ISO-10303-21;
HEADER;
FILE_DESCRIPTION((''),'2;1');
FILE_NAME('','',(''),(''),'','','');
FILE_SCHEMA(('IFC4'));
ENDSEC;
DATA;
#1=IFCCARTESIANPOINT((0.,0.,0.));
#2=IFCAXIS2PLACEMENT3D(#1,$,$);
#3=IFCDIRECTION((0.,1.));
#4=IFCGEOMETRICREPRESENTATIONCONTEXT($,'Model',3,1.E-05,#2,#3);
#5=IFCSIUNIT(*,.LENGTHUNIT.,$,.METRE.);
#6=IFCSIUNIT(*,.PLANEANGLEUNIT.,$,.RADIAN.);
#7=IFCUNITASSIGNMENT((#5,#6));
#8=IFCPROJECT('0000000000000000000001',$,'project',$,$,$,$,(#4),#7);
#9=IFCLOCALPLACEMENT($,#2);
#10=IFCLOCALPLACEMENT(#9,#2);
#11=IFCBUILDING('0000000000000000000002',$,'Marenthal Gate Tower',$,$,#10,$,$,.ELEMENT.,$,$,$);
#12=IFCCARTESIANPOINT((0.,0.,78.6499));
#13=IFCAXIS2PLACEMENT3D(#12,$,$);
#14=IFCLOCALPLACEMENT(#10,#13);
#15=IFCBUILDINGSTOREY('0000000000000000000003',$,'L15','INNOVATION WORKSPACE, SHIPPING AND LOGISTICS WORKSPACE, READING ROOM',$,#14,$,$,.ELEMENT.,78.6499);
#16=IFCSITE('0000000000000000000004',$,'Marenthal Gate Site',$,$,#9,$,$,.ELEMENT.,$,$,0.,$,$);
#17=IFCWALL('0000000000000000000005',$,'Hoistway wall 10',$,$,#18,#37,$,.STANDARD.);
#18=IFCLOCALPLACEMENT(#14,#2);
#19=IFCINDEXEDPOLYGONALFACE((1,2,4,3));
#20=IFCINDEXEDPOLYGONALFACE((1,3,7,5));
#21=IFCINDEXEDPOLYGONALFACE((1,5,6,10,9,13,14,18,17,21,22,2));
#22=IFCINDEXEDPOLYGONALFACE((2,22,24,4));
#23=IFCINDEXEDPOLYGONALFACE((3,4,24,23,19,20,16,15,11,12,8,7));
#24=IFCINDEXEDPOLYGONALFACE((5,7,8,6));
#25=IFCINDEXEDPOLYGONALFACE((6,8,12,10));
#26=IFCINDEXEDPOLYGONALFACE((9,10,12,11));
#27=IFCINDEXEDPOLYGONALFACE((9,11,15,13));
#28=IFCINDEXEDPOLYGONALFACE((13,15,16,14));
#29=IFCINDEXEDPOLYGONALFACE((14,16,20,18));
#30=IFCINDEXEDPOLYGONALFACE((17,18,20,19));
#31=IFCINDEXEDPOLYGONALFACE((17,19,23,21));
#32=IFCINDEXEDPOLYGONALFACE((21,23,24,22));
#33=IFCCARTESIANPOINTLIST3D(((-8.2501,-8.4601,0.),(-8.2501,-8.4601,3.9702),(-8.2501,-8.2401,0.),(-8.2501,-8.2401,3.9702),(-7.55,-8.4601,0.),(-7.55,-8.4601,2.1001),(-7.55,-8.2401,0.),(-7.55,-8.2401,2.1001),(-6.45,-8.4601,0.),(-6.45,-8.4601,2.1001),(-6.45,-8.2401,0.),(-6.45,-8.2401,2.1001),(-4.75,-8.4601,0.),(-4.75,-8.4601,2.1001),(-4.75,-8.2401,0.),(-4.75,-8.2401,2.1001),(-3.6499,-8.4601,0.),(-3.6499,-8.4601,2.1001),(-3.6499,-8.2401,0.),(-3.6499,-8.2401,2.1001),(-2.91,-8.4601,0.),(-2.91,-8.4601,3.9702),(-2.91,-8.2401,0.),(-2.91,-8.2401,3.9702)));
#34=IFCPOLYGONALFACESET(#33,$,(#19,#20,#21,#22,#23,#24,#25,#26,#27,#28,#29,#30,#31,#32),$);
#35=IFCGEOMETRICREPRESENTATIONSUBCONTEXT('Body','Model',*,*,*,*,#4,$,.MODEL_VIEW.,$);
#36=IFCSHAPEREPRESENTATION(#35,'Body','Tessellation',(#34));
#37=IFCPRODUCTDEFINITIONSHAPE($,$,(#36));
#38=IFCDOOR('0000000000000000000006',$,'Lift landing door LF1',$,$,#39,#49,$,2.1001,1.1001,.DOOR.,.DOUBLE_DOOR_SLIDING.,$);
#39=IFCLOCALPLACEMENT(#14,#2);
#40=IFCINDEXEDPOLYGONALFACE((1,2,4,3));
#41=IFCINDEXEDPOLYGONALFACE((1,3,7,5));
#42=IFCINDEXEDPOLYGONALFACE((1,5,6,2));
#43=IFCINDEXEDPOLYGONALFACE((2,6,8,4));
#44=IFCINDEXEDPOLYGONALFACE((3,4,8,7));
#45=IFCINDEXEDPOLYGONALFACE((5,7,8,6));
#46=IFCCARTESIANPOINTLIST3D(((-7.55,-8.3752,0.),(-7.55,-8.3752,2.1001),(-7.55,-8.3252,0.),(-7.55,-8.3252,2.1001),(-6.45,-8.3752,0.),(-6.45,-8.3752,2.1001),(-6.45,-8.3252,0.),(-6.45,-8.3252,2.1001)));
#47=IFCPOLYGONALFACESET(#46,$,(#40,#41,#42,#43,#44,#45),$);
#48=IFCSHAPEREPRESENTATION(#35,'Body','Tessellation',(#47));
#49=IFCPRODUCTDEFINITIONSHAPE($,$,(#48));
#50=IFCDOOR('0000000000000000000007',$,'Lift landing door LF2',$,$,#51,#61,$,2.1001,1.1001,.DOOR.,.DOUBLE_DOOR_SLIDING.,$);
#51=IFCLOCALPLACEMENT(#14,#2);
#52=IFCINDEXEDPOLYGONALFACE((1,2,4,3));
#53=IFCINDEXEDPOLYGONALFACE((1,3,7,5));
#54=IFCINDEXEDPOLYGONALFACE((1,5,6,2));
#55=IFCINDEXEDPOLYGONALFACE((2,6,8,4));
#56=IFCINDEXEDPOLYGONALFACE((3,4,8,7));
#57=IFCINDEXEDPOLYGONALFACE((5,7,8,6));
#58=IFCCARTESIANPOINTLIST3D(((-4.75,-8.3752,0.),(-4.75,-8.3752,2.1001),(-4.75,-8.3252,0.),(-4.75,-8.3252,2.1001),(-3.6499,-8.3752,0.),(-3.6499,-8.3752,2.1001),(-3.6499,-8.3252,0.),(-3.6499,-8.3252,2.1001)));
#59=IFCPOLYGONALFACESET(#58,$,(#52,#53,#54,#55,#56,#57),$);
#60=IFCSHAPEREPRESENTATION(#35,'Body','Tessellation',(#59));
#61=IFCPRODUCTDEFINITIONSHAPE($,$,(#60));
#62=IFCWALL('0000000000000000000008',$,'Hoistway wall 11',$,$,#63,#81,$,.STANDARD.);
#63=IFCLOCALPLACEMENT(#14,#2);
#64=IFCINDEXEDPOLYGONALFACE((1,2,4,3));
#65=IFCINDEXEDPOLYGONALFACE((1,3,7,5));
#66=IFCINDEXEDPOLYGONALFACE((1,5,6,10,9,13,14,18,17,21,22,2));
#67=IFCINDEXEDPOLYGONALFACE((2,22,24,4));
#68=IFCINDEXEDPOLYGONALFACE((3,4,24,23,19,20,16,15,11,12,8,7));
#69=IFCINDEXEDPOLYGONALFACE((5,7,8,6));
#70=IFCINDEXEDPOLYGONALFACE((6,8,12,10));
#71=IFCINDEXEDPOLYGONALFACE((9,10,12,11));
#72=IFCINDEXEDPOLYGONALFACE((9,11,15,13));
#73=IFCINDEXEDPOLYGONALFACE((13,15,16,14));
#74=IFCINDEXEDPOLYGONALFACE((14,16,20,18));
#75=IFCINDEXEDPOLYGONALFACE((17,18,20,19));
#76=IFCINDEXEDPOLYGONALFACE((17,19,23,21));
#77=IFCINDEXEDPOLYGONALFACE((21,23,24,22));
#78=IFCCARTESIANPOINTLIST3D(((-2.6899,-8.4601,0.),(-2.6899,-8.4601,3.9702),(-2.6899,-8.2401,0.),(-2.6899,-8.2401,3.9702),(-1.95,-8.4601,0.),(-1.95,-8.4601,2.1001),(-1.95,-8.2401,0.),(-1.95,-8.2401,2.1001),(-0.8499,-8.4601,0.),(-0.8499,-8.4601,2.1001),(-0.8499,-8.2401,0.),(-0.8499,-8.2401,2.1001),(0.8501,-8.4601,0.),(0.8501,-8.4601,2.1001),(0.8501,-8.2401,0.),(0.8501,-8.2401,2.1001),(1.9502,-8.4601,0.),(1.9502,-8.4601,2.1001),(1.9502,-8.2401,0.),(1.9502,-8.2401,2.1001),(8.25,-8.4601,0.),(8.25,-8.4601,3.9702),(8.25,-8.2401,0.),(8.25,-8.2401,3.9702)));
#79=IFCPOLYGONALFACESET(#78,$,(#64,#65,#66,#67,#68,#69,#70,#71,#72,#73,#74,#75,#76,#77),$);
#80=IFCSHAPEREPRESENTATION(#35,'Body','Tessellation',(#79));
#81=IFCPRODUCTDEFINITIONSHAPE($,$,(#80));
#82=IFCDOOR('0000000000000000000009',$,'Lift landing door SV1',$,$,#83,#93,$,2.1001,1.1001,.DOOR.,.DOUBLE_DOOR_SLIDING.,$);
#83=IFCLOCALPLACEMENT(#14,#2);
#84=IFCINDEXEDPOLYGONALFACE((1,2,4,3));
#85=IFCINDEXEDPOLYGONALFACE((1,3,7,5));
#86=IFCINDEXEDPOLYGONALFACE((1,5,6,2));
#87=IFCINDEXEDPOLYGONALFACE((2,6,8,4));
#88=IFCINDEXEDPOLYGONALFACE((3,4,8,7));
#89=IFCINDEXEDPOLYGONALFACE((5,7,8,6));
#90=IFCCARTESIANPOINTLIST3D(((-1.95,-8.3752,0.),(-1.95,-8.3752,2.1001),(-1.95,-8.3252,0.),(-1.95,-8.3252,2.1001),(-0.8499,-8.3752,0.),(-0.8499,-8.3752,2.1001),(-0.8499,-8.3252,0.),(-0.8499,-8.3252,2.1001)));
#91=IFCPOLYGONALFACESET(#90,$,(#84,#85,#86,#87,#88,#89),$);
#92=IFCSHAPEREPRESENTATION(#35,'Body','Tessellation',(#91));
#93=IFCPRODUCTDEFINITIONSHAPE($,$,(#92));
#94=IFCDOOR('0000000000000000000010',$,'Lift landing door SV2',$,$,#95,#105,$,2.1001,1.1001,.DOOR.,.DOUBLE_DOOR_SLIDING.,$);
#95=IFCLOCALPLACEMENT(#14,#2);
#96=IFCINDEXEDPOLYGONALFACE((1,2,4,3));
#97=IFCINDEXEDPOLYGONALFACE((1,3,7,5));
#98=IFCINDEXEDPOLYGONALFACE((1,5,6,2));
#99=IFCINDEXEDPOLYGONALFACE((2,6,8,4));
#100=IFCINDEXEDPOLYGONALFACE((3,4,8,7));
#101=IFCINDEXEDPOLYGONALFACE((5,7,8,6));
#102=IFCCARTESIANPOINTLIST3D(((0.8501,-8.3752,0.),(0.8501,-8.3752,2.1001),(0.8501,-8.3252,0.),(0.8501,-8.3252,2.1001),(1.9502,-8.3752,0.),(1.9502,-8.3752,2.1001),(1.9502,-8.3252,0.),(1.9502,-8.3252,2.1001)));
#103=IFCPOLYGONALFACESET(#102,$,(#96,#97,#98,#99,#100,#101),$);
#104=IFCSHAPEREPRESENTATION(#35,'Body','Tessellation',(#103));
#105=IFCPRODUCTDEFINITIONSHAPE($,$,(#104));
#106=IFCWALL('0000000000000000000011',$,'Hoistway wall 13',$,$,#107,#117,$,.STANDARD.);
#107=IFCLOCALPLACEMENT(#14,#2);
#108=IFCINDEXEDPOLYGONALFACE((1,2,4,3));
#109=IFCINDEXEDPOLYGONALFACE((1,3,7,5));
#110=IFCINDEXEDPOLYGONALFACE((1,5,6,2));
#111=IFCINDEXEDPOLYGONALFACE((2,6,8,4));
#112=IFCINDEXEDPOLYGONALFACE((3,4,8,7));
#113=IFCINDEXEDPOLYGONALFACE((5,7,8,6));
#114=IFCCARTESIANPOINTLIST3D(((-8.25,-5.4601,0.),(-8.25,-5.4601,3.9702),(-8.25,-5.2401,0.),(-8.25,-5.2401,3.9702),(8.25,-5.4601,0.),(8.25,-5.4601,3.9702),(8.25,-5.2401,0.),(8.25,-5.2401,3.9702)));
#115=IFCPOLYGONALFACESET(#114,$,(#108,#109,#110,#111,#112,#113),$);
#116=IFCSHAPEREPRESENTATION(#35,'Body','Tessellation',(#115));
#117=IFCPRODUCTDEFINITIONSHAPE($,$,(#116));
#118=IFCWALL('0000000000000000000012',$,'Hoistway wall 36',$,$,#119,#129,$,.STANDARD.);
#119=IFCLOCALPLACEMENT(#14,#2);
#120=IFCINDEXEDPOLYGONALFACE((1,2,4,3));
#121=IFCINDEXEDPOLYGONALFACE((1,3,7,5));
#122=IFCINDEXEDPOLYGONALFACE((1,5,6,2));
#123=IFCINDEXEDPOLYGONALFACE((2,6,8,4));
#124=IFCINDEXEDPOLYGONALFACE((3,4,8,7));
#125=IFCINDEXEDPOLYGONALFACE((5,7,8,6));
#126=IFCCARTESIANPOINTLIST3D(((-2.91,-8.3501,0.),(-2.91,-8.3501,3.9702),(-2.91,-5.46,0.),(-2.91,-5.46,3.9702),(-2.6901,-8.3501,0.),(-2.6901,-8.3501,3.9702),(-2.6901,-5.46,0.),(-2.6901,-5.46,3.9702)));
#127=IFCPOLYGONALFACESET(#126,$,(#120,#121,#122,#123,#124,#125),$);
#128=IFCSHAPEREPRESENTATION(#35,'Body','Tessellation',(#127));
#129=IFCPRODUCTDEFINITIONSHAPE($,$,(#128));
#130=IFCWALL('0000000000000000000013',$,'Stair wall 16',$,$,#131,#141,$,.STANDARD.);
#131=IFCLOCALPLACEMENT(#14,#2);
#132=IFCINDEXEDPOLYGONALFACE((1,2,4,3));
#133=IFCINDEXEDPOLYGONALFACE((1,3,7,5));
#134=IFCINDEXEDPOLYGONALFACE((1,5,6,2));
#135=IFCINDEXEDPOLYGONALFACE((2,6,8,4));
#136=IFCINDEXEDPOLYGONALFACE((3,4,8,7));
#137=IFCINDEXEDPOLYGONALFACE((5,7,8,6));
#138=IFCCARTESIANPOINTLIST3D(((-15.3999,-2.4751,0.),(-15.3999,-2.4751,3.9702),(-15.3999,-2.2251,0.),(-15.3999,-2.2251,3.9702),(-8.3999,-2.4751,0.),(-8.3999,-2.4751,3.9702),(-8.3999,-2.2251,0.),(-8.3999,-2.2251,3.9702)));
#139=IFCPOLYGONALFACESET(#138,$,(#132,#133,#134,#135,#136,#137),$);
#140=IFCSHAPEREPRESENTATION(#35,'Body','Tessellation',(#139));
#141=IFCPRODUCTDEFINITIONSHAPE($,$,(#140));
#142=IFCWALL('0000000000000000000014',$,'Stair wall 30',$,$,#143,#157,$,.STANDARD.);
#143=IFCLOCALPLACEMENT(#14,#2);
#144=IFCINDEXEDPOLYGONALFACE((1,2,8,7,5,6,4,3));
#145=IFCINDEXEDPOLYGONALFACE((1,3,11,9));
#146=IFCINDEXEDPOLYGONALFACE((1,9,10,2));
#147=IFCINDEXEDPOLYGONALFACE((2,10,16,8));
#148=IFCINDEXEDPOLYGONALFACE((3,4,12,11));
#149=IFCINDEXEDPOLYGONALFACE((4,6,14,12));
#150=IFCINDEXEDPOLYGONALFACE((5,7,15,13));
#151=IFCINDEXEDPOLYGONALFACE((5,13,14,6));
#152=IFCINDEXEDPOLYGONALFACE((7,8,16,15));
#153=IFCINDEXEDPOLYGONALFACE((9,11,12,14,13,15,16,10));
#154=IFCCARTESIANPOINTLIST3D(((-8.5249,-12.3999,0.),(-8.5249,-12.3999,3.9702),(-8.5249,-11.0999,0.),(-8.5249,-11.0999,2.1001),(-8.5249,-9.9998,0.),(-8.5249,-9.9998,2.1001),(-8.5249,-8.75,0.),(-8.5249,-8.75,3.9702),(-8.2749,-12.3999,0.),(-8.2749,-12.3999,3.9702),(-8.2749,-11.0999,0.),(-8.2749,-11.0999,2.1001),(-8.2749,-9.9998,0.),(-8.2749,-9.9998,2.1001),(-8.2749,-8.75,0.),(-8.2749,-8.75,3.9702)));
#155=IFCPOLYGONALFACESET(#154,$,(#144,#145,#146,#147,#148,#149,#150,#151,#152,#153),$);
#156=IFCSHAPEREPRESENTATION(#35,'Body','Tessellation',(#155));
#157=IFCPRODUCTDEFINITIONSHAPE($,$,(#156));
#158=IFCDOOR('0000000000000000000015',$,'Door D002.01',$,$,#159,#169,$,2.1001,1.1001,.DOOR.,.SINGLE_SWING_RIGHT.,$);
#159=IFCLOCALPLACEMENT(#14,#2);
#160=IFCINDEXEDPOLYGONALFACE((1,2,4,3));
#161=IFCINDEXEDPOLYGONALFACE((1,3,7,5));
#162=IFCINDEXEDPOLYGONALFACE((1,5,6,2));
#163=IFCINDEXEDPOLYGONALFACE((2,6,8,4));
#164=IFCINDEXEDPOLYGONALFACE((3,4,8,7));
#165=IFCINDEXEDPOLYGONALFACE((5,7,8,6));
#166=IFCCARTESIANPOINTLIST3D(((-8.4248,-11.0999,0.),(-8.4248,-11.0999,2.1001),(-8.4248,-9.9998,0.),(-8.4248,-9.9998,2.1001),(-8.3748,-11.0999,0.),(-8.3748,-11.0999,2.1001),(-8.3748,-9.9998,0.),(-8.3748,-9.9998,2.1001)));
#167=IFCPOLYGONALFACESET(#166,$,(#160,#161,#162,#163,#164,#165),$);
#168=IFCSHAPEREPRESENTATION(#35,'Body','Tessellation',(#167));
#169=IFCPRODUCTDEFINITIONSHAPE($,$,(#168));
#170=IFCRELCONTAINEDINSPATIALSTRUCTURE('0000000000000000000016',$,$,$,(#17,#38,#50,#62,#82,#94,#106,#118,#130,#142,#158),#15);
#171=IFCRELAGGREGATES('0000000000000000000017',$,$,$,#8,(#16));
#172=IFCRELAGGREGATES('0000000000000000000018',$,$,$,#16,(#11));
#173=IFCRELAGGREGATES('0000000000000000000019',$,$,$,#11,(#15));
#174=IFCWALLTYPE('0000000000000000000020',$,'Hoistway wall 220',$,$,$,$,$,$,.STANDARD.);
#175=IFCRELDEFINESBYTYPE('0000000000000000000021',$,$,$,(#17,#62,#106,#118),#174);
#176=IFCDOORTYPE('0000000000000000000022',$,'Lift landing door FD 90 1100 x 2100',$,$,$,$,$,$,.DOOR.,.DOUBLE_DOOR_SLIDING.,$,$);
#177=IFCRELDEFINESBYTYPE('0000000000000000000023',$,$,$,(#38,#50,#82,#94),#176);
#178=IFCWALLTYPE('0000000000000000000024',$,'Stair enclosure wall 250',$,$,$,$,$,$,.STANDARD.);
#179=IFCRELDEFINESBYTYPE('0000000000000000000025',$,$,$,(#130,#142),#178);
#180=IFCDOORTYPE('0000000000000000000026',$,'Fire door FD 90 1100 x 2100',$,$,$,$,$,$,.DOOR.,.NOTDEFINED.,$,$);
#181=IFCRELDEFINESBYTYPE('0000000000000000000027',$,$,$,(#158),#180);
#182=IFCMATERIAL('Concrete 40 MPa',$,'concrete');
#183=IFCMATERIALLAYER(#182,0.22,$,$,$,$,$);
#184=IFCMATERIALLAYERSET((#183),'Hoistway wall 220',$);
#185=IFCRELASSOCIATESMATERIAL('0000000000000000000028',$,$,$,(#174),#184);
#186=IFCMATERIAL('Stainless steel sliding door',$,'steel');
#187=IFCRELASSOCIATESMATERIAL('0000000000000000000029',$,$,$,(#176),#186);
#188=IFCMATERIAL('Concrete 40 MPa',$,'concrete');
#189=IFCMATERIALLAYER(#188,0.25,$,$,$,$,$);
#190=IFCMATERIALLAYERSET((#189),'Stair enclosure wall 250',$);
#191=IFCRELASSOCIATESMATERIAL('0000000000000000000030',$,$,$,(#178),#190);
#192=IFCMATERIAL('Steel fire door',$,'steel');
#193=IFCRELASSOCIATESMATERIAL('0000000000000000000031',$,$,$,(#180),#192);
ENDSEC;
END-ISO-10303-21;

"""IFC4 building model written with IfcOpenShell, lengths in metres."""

from ifc_helpers import new_model, si_unit, direction, frame, frame_2d, origin, place, context, subcontext, project, spatial, rectangle, extrude, material, layer, layer_set, type_object, element, fill, save


model = new_model("IFC4")

# Units and contexts
model_context = context("Model", 3, precision=1e-05, world=origin(), true_north=direction((0.0, 1.0)))
body_context = subcontext(model_context, "Body", "Model", "MODEL_VIEW")
ifc_project = project(units=[si_unit("LENGTHUNIT", "METRE"), si_unit("PLANEANGLEUNIT", "RADIAN")], contexts=[model_context])

# Site, building, storey
site_placement = place(None, origin())
site = spatial("IfcSite", under=ifc_project, at=site_placement, Name="Marenthal Gate Site", CompositionType="ELEMENT", RefElevation=0.0)
building_placement = place(site_placement, origin())
building = spatial("IfcBuilding", under=site, at=building_placement, Name="Marenthal Gate Tower", CompositionType="ELEMENT")
storey_placement = place(building_placement, frame((0.0, 0.0, 78.6499)))
storey = spatial("IfcBuildingStorey", under=building, at=storey_placement, Name="L15", Description="INNOVATION WORKSPACE, SHIPPING AND LOGISTICS WORKSPACE, READING ROOM", CompositionType="ELEMENT", Elevation=78.6499)

# Walls, openings, doors
ifc_material_1 = material(Name="Concrete 40 MPa", Category="concrete")
ifc_layer_1 = layer(ifc_material_1, 0.22)
ifc_layer_set_1 = layer_set([ifc_layer_1], Name="Hoistway wall 220")
wall_type_1 = type_object("IfcWallType", Name="Hoistway wall 220", PredefinedType="STANDARD", material=ifc_layer_set_1)
wall_1_placement = place(storey_placement, frame((-8.25, -8.3501, 0.0), z_axis=(0.0, 0.0, 1.0), x_axis=(1.0, 0.0, 0.0)))
wall_1 = element("IfcWall", 1, at=wall_1_placement, inside=storey, type_object=wall_type_1, Name="Hoistway wall 10", PredefinedType="STANDARD", context=body_context, shape_type="SweptSolid", body=[
    extrude(rectangle(XDim=5.3401, YDim=0.22, at=frame_2d((2.6699, 0.0))), origin(), (0.0, 0.0, 1.0), 3.9702),
])
opening_1_placement = place(wall_1_placement, frame((0.7, 0.0, 0.0)))
opening_1 = element("IfcOpeningElement", 2, at=opening_1_placement, cuts=wall_1, PredefinedType="OPENING", context=body_context, shape_type="SweptSolid", body=[
    extrude(rectangle(XDim=1.1001, YDim=2.1001, at=frame_2d((0.55, 1.05))), frame((0.0, 0.1201, 0.0), z_axis=(0.0, -1.0, 0.0), x_axis=(1.0, 0.0, 0.0)), (0.0, 0.0, 1.0), 0.24),
])
opening_2_placement = place(wall_1_placement, frame((3.5, 0.0, 0.0)))
opening_2 = element("IfcOpeningElement", 3, at=opening_2_placement, cuts=wall_1, PredefinedType="OPENING", context=body_context, shape_type="SweptSolid", body=[
    extrude(rectangle(XDim=1.1001, YDim=2.1001, at=frame_2d((0.55, 1.05))), frame((0.0, 0.1201, 0.0), z_axis=(0.0, -1.0, 0.0), x_axis=(1.0, 0.0, 0.0)), (0.0, 0.0, 1.0), 0.24),
])
ifc_material_2 = material(Name="Stainless steel sliding door", Category="steel")
door_type_1 = type_object("IfcDoorType", Name="Lift landing door FD 90 1100 x 2100", OperationType="DOUBLE_DOOR_SLIDING", PredefinedType="DOOR", material=ifc_material_2)
door_1_placement = place(opening_1_placement, origin())
door_1 = element("IfcDoor", 4, at=door_1_placement, inside=storey, type_object=door_type_1, Name="Lift landing door LF1", OperationType="DOUBLE_DOOR_SLIDING", OverallHeight=2.1001, OverallWidth=1.1001, PredefinedType="DOOR", context=body_context, shape_type="SweptSolid", body=[
    extrude(rectangle(XDim=1.1001, YDim=2.1001, at=frame_2d((0.55, 1.05))), frame((0.0, 0.0249, 0.0), z_axis=(0.0, -1.0, 0.0), x_axis=(1.0, 0.0, 0.0)), (0.0, 0.0, 1.0), 0.05),
])
fill(opening_1, door_1)
door_2_placement = place(opening_2_placement, origin())
door_2 = element("IfcDoor", 5, at=door_2_placement, inside=storey, type_object=door_type_1, Name="Lift landing door LF2", OperationType="DOUBLE_DOOR_SLIDING", OverallHeight=2.1001, OverallWidth=1.1001, PredefinedType="DOOR", context=body_context, shape_type="SweptSolid", body=[
    extrude(rectangle(XDim=1.1001, YDim=2.1001, at=frame_2d((0.55, 1.05))), frame((0.0, 0.0249, 0.0), z_axis=(0.0, -1.0, 0.0), x_axis=(1.0, 0.0, 0.0)), (0.0, 0.0, 1.0), 0.05),
])
fill(opening_2, door_2)
wall_2_placement = place(storey_placement, frame((-2.6899, -8.3501, 0.0), z_axis=(0.0, 0.0, 1.0), x_axis=(1.0, 0.0, 0.0)))
wall_2 = element("IfcWall", 6, at=wall_2_placement, inside=storey, type_object=wall_type_1, Name="Hoistway wall 11", PredefinedType="STANDARD", context=body_context, shape_type="SweptSolid", body=[
    extrude(rectangle(XDim=10.9399, YDim=0.22, at=frame_2d((5.47, 0.0))), origin(), (0.0, 0.0, 1.0), 3.9702),
])
opening_3_placement = place(wall_2_placement, frame((0.74, 0.0, 0.0)))
opening_3 = element("IfcOpeningElement", 7, at=opening_3_placement, cuts=wall_2, PredefinedType="OPENING", context=body_context, shape_type="SweptSolid", body=[
    extrude(rectangle(XDim=1.1001, YDim=2.1001, at=frame_2d((0.55, 1.05))), frame((0.0, 0.1201, 0.0), z_axis=(0.0, -1.0, 0.0), x_axis=(1.0, 0.0, 0.0)), (0.0, 0.0, 1.0), 0.24),
])
opening_4_placement = place(wall_2_placement, frame((3.54, 0.0, 0.0)))
opening_4 = element("IfcOpeningElement", 8, at=opening_4_placement, cuts=wall_2, PredefinedType="OPENING", context=body_context, shape_type="SweptSolid", body=[
    extrude(rectangle(XDim=1.1001, YDim=2.1001, at=frame_2d((0.55, 1.05))), frame((0.0, 0.1201, 0.0), z_axis=(0.0, -1.0, 0.0), x_axis=(1.0, 0.0, 0.0)), (0.0, 0.0, 1.0), 0.24),
])
door_3_placement = place(opening_3_placement, origin())
door_3 = element("IfcDoor", 9, at=door_3_placement, inside=storey, type_object=door_type_1, Name="Lift landing door SV1", OperationType="DOUBLE_DOOR_SLIDING", OverallHeight=2.1001, OverallWidth=1.1001, PredefinedType="DOOR", context=body_context, shape_type="SweptSolid", body=[
    extrude(rectangle(XDim=1.1001, YDim=2.1001, at=frame_2d((0.55, 1.05))), frame((0.0, 0.0249, 0.0), z_axis=(0.0, -1.0, 0.0), x_axis=(1.0, 0.0, 0.0)), (0.0, 0.0, 1.0), 0.05),
])
fill(opening_3, door_3)
door_4_placement = place(opening_4_placement, origin())
door_4 = element("IfcDoor", 10, at=door_4_placement, inside=storey, type_object=door_type_1, Name="Lift landing door SV2", OperationType="DOUBLE_DOOR_SLIDING", OverallHeight=2.1001, OverallWidth=1.1001, PredefinedType="DOOR", context=body_context, shape_type="SweptSolid", body=[
    extrude(rectangle(XDim=1.1001, YDim=2.1001, at=frame_2d((0.55, 1.05))), frame((0.0, 0.0249, 0.0), z_axis=(0.0, -1.0, 0.0), x_axis=(1.0, 0.0, 0.0)), (0.0, 0.0, 1.0), 0.05),
])
fill(opening_4, door_4)

# Walls
wall_3_placement = place(storey_placement, frame((-8.25, -5.3501, 0.0), z_axis=(0.0, 0.0, 1.0), x_axis=(1.0, 0.0, 0.0)))
element("IfcWall", 11, at=wall_3_placement, inside=storey, type_object=wall_type_1, Name="Hoistway wall 13", PredefinedType="STANDARD", context=body_context, shape_type="SweptSolid", body=[
    extrude(rectangle(XDim=16.5, YDim=0.22, at=frame_2d((8.25, 0.0))), origin(), (0.0, 0.0, 1.0), 3.9702),
])
wall_4_placement = place(storey_placement, frame((-2.8, -8.3501, 0.0), z_axis=(0.0, 0.0, 1.0), x_axis=(0.0, 1.0, 0.0)))
element("IfcWall", 12, at=wall_4_placement, inside=storey, type_object=wall_type_1, Name="Hoistway wall 36", PredefinedType="STANDARD", context=body_context, shape_type="SweptSolid", body=[
    extrude(rectangle(XDim=2.8901, YDim=0.22, at=frame_2d((1.4451, 0.0))), origin(), (0.0, 0.0, 1.0), 3.9702),
])
ifc_material_3 = material(Name="Concrete 40 MPa", Category="concrete")
ifc_layer_2 = layer(ifc_material_3, 0.25)
ifc_layer_set_2 = layer_set([ifc_layer_2], Name="Stair enclosure wall 250")
wall_type_2 = type_object("IfcWallType", Name="Stair enclosure wall 250", PredefinedType="STANDARD", material=ifc_layer_set_2)
wall_5_placement = place(storey_placement, frame((-15.3999, -2.3501, 0.0), z_axis=(0.0, 0.0, 1.0), x_axis=(1.0, 0.0, 0.0)))
element("IfcWall", 13, at=wall_5_placement, inside=storey, type_object=wall_type_2, Name="Stair wall 16", PredefinedType="STANDARD", context=body_context, shape_type="SweptSolid", body=[
    extrude(rectangle(XDim=7.0, YDim=0.25, at=frame_2d((3.5, 0.0))), origin(), (0.0, 0.0, 1.0), 3.9702),
])

# Wall, opening, door
wall_6_placement = place(storey_placement, frame((-8.3999, -12.3999, 0.0), z_axis=(0.0, 0.0, 1.0), x_axis=(0.0, 1.0, 0.0)))
wall_6 = element("IfcWall", 14, at=wall_6_placement, inside=storey, type_object=wall_type_2, Name="Stair wall 30", PredefinedType="STANDARD", context=body_context, shape_type="SweptSolid", body=[
    extrude(rectangle(XDim=3.6499, YDim=0.25, at=frame_2d((1.825, 0.0))), origin(), (0.0, 0.0, 1.0), 3.9702),
])
opening_5_placement = place(wall_6_placement, frame((1.3, 0.0, 0.0)))
opening_5 = element("IfcOpeningElement", 15, at=opening_5_placement, cuts=wall_6, PredefinedType="OPENING", context=body_context, shape_type="SweptSolid", body=[
    extrude(rectangle(XDim=1.1001, YDim=2.1001, at=frame_2d((0.55, 1.05))), frame((0.0, 0.135, 0.0), z_axis=(0.0, -1.0, 0.0), x_axis=(1.0, 0.0, 0.0)), (0.0, 0.0, 1.0), 0.27),
])
ifc_material_4 = material(Name="Steel fire door", Category="steel")
door_type_2 = type_object("IfcDoorType", Name="Fire door FD 90 1100 x 2100", OperationType="NOTDEFINED", PredefinedType="DOOR", material=ifc_material_4)
door_5_placement = place(opening_5_placement, origin())
door_5 = element("IfcDoor", 16, at=door_5_placement, inside=storey, type_object=door_type_2, Name="Door D002.01", OperationType="SINGLE_SWING_RIGHT", OverallHeight=2.1001, OverallWidth=1.1001, PredefinedType="DOOR", context=body_context, shape_type="SweptSolid", body=[
    extrude(rectangle(XDim=1.1001, YDim=2.1001, at=frame_2d((0.55, 1.05))), frame((0.0, 0.0249, 0.0), z_axis=(0.0, -1.0, 0.0), x_axis=(1.0, 0.0, 0.0)), (0.0, 0.0, 1.0), 0.05),
])
fill(opening_5, door_5)

save(model, "model.ifc")
